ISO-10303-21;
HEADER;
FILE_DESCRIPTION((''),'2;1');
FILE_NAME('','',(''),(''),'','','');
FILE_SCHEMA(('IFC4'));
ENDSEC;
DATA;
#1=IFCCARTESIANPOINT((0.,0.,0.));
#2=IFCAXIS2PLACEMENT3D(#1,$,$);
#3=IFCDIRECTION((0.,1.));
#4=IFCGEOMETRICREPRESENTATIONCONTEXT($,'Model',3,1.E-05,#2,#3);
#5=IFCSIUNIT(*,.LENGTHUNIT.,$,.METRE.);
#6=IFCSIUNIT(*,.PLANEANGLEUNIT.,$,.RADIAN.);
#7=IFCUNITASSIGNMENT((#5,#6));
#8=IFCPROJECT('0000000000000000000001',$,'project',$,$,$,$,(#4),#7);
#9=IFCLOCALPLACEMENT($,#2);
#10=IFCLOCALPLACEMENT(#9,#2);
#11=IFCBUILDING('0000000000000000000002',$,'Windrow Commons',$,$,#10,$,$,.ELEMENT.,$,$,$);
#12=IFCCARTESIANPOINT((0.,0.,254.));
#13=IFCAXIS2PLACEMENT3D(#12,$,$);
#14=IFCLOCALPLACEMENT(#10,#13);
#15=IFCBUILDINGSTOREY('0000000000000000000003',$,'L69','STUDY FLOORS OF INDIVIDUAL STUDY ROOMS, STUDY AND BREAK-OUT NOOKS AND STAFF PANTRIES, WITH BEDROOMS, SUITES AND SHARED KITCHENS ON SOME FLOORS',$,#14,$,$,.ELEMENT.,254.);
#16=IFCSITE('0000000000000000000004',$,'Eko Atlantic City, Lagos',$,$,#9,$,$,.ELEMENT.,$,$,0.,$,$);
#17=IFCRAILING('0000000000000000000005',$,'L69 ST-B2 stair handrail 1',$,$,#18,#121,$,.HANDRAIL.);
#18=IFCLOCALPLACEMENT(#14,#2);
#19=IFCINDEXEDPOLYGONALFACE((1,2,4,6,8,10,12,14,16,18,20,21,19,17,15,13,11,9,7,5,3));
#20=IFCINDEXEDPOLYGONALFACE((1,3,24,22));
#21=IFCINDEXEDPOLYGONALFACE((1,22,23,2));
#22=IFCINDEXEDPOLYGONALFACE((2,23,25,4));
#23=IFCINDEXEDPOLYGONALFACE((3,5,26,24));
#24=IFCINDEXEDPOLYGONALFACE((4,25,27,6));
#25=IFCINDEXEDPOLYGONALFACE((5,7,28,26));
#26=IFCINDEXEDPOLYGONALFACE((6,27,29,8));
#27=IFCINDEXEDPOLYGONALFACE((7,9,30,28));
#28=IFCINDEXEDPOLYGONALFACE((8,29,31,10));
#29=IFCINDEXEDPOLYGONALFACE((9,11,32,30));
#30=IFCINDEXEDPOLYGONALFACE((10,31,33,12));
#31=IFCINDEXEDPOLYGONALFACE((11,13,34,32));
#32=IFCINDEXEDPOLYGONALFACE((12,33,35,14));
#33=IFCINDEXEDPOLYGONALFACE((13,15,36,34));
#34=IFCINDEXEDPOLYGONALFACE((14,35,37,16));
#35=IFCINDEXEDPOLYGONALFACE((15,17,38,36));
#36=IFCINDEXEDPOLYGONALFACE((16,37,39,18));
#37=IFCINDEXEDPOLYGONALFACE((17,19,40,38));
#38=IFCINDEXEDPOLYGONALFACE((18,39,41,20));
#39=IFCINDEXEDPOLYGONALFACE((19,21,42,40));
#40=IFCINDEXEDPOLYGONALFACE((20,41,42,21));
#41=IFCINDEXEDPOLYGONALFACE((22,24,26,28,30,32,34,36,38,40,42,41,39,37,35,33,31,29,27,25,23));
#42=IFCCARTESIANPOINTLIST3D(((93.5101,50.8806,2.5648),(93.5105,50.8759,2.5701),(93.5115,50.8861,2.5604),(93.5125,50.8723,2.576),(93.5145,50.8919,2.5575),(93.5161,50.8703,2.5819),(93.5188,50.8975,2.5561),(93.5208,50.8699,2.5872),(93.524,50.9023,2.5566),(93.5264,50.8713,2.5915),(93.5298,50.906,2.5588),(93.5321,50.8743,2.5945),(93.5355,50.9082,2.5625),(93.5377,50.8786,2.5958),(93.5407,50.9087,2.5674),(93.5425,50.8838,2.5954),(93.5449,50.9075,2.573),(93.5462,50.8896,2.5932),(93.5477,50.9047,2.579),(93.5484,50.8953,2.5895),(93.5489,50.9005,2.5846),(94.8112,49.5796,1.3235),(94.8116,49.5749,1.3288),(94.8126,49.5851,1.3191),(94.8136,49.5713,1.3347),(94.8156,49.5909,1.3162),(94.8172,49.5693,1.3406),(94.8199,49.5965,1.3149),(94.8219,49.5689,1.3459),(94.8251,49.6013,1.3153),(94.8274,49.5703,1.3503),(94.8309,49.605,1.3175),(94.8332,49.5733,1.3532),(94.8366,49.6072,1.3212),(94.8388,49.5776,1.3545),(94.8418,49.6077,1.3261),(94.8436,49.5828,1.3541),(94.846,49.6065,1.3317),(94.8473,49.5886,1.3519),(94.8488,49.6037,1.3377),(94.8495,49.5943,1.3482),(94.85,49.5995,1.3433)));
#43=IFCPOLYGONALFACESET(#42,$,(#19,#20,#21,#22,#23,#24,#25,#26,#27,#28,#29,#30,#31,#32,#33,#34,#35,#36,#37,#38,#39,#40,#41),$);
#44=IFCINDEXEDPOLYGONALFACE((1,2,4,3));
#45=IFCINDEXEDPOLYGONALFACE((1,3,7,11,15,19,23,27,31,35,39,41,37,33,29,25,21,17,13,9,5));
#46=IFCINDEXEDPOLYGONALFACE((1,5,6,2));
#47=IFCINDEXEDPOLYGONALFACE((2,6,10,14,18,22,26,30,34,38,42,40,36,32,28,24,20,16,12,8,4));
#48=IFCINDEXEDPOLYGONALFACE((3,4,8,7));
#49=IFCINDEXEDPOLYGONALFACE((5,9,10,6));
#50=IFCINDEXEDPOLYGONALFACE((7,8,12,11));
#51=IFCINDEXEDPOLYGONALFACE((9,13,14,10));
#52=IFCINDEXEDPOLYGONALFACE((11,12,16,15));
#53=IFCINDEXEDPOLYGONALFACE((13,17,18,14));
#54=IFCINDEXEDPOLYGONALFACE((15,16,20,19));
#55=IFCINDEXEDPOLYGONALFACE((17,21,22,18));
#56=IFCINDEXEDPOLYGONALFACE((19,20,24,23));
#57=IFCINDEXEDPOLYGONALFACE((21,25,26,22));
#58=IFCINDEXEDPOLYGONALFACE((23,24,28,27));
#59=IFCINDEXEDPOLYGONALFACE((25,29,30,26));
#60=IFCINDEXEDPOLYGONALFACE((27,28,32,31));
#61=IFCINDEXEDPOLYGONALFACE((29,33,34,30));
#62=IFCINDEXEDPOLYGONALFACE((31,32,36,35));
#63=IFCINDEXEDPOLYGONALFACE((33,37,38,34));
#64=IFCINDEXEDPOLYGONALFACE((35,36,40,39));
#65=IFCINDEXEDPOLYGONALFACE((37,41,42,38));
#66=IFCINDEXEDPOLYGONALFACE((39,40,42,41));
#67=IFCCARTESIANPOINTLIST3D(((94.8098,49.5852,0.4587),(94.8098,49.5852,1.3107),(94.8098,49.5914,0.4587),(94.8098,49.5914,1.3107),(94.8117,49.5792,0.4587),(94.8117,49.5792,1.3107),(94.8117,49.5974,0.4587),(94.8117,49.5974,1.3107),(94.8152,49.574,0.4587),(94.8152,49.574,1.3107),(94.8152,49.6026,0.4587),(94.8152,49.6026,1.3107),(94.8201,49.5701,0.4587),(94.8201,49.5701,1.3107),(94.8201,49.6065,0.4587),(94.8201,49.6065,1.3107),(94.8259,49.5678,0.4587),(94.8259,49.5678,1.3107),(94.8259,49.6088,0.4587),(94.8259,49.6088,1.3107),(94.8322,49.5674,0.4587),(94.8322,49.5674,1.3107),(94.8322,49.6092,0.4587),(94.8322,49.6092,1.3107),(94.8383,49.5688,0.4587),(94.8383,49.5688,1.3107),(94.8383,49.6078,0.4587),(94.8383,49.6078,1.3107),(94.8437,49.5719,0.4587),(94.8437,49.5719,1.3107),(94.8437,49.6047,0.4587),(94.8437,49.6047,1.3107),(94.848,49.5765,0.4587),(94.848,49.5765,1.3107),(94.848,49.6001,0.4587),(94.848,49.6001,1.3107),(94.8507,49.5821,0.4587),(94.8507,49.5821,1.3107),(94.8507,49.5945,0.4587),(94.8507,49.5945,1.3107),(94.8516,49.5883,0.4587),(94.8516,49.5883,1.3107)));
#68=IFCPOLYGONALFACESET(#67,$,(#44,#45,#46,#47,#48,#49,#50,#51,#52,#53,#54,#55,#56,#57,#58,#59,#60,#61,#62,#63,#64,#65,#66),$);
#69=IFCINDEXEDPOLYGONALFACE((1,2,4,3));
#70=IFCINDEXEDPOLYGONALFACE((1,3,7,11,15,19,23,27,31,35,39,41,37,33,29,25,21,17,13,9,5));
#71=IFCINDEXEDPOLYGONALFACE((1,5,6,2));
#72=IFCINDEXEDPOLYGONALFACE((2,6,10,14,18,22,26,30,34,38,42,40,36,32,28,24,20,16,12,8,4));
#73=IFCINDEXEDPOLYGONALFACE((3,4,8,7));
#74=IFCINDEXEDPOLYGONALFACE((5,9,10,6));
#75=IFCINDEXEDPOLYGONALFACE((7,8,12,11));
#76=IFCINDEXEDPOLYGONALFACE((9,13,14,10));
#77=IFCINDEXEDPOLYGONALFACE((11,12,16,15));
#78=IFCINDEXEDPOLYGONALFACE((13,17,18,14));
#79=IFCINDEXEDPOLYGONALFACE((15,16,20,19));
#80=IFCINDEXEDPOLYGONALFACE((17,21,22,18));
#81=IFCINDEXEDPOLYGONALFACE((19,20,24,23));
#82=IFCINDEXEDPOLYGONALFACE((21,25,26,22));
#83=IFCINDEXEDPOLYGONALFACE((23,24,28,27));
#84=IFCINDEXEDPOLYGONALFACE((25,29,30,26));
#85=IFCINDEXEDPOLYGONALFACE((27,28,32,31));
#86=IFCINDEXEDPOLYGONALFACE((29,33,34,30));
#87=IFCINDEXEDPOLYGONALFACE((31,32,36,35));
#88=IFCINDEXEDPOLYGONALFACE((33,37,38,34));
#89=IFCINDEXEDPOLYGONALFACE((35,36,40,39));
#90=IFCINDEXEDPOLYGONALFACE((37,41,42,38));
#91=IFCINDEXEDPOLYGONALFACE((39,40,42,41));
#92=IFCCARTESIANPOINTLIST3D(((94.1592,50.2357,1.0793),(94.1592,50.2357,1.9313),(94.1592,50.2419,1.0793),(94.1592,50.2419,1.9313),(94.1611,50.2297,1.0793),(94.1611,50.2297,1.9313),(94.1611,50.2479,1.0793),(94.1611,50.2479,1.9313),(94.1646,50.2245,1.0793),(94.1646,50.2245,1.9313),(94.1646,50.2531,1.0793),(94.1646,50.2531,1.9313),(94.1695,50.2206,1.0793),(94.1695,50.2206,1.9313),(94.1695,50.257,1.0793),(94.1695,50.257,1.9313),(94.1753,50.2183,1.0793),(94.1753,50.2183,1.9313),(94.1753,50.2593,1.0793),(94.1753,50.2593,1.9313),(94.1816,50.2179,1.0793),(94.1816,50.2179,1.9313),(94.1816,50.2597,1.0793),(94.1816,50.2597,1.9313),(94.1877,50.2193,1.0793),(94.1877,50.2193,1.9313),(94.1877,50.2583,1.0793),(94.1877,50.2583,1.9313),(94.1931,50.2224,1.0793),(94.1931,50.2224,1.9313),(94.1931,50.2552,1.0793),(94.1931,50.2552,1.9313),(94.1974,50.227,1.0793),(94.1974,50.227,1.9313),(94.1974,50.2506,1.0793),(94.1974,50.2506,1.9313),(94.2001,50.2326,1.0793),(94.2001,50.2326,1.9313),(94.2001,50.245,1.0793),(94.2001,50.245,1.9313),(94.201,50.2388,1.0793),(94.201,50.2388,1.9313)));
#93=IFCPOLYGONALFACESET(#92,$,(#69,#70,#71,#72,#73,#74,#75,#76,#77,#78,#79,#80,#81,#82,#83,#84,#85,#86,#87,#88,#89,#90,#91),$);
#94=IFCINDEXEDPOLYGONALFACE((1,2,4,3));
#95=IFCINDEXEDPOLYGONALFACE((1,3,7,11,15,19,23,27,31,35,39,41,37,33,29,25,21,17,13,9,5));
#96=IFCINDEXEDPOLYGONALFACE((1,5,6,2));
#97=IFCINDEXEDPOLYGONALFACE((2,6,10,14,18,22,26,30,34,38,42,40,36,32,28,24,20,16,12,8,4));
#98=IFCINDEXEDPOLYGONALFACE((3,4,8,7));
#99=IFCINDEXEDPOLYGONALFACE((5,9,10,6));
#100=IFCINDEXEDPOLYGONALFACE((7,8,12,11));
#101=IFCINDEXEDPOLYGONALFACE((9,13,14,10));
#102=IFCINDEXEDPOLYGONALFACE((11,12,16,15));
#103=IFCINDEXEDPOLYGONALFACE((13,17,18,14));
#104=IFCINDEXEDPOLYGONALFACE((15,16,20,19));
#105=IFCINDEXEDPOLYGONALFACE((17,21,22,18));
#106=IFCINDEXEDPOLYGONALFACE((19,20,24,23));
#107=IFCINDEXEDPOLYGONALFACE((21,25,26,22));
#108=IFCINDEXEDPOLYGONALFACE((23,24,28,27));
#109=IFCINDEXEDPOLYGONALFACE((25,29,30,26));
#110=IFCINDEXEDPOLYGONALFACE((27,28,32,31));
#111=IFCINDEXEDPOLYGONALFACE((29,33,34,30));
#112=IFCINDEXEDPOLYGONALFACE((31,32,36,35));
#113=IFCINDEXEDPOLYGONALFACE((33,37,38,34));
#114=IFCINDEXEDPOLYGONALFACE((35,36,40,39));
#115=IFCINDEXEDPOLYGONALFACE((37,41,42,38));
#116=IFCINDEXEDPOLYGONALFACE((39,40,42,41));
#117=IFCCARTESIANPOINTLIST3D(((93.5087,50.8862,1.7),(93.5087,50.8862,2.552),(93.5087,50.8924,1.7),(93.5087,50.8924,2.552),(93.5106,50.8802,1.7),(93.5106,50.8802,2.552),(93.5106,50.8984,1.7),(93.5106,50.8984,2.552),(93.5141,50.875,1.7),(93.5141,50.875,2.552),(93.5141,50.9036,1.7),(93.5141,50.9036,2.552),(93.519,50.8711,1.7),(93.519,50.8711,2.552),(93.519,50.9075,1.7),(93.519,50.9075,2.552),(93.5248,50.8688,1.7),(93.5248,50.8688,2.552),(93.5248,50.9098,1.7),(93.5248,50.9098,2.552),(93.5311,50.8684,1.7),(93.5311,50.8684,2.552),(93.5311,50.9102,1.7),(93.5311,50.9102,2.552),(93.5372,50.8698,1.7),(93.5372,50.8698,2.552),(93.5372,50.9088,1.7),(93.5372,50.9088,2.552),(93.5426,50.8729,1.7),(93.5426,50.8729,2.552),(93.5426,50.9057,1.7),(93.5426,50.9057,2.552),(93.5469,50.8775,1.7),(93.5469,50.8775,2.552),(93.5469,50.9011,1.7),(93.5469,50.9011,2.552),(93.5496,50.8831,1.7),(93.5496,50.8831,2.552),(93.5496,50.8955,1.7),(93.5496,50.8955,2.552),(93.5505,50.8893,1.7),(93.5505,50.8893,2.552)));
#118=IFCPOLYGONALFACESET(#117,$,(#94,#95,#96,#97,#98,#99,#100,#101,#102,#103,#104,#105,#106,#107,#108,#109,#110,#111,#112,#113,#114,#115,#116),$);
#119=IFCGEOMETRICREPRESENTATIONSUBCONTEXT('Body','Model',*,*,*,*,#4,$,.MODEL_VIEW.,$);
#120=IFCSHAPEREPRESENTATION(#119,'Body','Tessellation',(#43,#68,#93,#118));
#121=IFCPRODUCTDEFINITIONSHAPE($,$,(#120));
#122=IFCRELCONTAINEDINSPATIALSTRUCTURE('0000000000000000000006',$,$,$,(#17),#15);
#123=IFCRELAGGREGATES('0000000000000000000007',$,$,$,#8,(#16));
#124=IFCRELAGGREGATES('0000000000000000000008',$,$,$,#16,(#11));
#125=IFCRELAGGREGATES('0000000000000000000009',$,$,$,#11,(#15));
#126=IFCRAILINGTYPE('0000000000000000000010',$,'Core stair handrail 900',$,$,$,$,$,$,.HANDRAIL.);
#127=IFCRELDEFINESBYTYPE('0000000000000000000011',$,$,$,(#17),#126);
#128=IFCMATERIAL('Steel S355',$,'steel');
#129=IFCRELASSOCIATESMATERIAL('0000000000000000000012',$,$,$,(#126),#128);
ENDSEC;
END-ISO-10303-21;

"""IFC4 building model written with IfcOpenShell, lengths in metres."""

from ifc_helpers import new_model, si_unit, direction, frame, origin, origin_2d, place, context, subcontext, project, spatial, circle, extrude, material, type_object, element, save


model = new_model("IFC4")

# Units and contexts
model_context = context("Model", 3, precision=1e-05, world=origin(), true_north=direction((0.0, 1.0)))
body_context = subcontext(model_context, "Body", "Model", "MODEL_VIEW")
ifc_project = project(units=[si_unit("LENGTHUNIT", "METRE"), si_unit("PLANEANGLEUNIT", "RADIAN")], contexts=[model_context])

# Site, building, storey
site_placement = place(None, origin())
site = spatial("IfcSite", under=ifc_project, at=site_placement, Name="Eko Atlantic City, Lagos", CompositionType="ELEMENT", RefElevation=0.0)
building_placement = place(site_placement, origin())
building = spatial("IfcBuilding", under=site, at=building_placement, Name="Windrow Commons", CompositionType="ELEMENT")
storey_placement = place(building_placement, frame((0.0, 0.0, 254.0)))
storey = spatial("IfcBuildingStorey", under=building, at=storey_placement, Name="L69", Description="STUDY FLOORS OF INDIVIDUAL STUDY ROOMS, STUDY AND BREAK-OUT NOOKS AND STAFF PANTRIES, WITH BEDROOMS, SUITES AND SHARED KITCHENS ON SOME FLOORS", CompositionType="ELEMENT", Elevation=254.0)

# Railing
ifc_material_1 = material(Name="Steel S355", Category="steel")
railing_type_1 = type_object("IfcRailingType", Name="Core stair handrail 900", PredefinedType="HANDRAIL", material=ifc_material_1)
railing_1_placement = place(storey_placement, frame((94.8306, 49.5883, 0.4587)))
element("IfcRailing", 1, at=railing_1_placement, inside=storey, type_object=railing_type_1, Name="L69 ST-B2 stair handrail 1", PredefinedType="HANDRAIL", context=body_context, shape_type="SweptSolid", body=[
    extrude(circle(Radius=0.024, at=origin_2d()), frame((0.0, 0.0, 0.876), z_axis=(-0.586207, 0.586162, 0.559264), x_axis=(-0.70708, -0.707134, 0.0)), (0.0, 0.0, 1.0), 2.2195),
    extrude(circle(Radius=0.021, at=origin_2d()), origin(), (0.0, 0.0, 1.0), 0.852),
    extrude(circle(Radius=0.021, at=origin_2d()), frame((-0.6506, 0.6505, 0.6206)), (0.0, 0.0, 1.0), 0.852),
    extrude(circle(Radius=0.021, at=origin_2d()), frame((-1.3011, 1.301, 1.2413)), (0.0, 0.0, 1.0), 0.852),
])

save(model, "model.ifc")
